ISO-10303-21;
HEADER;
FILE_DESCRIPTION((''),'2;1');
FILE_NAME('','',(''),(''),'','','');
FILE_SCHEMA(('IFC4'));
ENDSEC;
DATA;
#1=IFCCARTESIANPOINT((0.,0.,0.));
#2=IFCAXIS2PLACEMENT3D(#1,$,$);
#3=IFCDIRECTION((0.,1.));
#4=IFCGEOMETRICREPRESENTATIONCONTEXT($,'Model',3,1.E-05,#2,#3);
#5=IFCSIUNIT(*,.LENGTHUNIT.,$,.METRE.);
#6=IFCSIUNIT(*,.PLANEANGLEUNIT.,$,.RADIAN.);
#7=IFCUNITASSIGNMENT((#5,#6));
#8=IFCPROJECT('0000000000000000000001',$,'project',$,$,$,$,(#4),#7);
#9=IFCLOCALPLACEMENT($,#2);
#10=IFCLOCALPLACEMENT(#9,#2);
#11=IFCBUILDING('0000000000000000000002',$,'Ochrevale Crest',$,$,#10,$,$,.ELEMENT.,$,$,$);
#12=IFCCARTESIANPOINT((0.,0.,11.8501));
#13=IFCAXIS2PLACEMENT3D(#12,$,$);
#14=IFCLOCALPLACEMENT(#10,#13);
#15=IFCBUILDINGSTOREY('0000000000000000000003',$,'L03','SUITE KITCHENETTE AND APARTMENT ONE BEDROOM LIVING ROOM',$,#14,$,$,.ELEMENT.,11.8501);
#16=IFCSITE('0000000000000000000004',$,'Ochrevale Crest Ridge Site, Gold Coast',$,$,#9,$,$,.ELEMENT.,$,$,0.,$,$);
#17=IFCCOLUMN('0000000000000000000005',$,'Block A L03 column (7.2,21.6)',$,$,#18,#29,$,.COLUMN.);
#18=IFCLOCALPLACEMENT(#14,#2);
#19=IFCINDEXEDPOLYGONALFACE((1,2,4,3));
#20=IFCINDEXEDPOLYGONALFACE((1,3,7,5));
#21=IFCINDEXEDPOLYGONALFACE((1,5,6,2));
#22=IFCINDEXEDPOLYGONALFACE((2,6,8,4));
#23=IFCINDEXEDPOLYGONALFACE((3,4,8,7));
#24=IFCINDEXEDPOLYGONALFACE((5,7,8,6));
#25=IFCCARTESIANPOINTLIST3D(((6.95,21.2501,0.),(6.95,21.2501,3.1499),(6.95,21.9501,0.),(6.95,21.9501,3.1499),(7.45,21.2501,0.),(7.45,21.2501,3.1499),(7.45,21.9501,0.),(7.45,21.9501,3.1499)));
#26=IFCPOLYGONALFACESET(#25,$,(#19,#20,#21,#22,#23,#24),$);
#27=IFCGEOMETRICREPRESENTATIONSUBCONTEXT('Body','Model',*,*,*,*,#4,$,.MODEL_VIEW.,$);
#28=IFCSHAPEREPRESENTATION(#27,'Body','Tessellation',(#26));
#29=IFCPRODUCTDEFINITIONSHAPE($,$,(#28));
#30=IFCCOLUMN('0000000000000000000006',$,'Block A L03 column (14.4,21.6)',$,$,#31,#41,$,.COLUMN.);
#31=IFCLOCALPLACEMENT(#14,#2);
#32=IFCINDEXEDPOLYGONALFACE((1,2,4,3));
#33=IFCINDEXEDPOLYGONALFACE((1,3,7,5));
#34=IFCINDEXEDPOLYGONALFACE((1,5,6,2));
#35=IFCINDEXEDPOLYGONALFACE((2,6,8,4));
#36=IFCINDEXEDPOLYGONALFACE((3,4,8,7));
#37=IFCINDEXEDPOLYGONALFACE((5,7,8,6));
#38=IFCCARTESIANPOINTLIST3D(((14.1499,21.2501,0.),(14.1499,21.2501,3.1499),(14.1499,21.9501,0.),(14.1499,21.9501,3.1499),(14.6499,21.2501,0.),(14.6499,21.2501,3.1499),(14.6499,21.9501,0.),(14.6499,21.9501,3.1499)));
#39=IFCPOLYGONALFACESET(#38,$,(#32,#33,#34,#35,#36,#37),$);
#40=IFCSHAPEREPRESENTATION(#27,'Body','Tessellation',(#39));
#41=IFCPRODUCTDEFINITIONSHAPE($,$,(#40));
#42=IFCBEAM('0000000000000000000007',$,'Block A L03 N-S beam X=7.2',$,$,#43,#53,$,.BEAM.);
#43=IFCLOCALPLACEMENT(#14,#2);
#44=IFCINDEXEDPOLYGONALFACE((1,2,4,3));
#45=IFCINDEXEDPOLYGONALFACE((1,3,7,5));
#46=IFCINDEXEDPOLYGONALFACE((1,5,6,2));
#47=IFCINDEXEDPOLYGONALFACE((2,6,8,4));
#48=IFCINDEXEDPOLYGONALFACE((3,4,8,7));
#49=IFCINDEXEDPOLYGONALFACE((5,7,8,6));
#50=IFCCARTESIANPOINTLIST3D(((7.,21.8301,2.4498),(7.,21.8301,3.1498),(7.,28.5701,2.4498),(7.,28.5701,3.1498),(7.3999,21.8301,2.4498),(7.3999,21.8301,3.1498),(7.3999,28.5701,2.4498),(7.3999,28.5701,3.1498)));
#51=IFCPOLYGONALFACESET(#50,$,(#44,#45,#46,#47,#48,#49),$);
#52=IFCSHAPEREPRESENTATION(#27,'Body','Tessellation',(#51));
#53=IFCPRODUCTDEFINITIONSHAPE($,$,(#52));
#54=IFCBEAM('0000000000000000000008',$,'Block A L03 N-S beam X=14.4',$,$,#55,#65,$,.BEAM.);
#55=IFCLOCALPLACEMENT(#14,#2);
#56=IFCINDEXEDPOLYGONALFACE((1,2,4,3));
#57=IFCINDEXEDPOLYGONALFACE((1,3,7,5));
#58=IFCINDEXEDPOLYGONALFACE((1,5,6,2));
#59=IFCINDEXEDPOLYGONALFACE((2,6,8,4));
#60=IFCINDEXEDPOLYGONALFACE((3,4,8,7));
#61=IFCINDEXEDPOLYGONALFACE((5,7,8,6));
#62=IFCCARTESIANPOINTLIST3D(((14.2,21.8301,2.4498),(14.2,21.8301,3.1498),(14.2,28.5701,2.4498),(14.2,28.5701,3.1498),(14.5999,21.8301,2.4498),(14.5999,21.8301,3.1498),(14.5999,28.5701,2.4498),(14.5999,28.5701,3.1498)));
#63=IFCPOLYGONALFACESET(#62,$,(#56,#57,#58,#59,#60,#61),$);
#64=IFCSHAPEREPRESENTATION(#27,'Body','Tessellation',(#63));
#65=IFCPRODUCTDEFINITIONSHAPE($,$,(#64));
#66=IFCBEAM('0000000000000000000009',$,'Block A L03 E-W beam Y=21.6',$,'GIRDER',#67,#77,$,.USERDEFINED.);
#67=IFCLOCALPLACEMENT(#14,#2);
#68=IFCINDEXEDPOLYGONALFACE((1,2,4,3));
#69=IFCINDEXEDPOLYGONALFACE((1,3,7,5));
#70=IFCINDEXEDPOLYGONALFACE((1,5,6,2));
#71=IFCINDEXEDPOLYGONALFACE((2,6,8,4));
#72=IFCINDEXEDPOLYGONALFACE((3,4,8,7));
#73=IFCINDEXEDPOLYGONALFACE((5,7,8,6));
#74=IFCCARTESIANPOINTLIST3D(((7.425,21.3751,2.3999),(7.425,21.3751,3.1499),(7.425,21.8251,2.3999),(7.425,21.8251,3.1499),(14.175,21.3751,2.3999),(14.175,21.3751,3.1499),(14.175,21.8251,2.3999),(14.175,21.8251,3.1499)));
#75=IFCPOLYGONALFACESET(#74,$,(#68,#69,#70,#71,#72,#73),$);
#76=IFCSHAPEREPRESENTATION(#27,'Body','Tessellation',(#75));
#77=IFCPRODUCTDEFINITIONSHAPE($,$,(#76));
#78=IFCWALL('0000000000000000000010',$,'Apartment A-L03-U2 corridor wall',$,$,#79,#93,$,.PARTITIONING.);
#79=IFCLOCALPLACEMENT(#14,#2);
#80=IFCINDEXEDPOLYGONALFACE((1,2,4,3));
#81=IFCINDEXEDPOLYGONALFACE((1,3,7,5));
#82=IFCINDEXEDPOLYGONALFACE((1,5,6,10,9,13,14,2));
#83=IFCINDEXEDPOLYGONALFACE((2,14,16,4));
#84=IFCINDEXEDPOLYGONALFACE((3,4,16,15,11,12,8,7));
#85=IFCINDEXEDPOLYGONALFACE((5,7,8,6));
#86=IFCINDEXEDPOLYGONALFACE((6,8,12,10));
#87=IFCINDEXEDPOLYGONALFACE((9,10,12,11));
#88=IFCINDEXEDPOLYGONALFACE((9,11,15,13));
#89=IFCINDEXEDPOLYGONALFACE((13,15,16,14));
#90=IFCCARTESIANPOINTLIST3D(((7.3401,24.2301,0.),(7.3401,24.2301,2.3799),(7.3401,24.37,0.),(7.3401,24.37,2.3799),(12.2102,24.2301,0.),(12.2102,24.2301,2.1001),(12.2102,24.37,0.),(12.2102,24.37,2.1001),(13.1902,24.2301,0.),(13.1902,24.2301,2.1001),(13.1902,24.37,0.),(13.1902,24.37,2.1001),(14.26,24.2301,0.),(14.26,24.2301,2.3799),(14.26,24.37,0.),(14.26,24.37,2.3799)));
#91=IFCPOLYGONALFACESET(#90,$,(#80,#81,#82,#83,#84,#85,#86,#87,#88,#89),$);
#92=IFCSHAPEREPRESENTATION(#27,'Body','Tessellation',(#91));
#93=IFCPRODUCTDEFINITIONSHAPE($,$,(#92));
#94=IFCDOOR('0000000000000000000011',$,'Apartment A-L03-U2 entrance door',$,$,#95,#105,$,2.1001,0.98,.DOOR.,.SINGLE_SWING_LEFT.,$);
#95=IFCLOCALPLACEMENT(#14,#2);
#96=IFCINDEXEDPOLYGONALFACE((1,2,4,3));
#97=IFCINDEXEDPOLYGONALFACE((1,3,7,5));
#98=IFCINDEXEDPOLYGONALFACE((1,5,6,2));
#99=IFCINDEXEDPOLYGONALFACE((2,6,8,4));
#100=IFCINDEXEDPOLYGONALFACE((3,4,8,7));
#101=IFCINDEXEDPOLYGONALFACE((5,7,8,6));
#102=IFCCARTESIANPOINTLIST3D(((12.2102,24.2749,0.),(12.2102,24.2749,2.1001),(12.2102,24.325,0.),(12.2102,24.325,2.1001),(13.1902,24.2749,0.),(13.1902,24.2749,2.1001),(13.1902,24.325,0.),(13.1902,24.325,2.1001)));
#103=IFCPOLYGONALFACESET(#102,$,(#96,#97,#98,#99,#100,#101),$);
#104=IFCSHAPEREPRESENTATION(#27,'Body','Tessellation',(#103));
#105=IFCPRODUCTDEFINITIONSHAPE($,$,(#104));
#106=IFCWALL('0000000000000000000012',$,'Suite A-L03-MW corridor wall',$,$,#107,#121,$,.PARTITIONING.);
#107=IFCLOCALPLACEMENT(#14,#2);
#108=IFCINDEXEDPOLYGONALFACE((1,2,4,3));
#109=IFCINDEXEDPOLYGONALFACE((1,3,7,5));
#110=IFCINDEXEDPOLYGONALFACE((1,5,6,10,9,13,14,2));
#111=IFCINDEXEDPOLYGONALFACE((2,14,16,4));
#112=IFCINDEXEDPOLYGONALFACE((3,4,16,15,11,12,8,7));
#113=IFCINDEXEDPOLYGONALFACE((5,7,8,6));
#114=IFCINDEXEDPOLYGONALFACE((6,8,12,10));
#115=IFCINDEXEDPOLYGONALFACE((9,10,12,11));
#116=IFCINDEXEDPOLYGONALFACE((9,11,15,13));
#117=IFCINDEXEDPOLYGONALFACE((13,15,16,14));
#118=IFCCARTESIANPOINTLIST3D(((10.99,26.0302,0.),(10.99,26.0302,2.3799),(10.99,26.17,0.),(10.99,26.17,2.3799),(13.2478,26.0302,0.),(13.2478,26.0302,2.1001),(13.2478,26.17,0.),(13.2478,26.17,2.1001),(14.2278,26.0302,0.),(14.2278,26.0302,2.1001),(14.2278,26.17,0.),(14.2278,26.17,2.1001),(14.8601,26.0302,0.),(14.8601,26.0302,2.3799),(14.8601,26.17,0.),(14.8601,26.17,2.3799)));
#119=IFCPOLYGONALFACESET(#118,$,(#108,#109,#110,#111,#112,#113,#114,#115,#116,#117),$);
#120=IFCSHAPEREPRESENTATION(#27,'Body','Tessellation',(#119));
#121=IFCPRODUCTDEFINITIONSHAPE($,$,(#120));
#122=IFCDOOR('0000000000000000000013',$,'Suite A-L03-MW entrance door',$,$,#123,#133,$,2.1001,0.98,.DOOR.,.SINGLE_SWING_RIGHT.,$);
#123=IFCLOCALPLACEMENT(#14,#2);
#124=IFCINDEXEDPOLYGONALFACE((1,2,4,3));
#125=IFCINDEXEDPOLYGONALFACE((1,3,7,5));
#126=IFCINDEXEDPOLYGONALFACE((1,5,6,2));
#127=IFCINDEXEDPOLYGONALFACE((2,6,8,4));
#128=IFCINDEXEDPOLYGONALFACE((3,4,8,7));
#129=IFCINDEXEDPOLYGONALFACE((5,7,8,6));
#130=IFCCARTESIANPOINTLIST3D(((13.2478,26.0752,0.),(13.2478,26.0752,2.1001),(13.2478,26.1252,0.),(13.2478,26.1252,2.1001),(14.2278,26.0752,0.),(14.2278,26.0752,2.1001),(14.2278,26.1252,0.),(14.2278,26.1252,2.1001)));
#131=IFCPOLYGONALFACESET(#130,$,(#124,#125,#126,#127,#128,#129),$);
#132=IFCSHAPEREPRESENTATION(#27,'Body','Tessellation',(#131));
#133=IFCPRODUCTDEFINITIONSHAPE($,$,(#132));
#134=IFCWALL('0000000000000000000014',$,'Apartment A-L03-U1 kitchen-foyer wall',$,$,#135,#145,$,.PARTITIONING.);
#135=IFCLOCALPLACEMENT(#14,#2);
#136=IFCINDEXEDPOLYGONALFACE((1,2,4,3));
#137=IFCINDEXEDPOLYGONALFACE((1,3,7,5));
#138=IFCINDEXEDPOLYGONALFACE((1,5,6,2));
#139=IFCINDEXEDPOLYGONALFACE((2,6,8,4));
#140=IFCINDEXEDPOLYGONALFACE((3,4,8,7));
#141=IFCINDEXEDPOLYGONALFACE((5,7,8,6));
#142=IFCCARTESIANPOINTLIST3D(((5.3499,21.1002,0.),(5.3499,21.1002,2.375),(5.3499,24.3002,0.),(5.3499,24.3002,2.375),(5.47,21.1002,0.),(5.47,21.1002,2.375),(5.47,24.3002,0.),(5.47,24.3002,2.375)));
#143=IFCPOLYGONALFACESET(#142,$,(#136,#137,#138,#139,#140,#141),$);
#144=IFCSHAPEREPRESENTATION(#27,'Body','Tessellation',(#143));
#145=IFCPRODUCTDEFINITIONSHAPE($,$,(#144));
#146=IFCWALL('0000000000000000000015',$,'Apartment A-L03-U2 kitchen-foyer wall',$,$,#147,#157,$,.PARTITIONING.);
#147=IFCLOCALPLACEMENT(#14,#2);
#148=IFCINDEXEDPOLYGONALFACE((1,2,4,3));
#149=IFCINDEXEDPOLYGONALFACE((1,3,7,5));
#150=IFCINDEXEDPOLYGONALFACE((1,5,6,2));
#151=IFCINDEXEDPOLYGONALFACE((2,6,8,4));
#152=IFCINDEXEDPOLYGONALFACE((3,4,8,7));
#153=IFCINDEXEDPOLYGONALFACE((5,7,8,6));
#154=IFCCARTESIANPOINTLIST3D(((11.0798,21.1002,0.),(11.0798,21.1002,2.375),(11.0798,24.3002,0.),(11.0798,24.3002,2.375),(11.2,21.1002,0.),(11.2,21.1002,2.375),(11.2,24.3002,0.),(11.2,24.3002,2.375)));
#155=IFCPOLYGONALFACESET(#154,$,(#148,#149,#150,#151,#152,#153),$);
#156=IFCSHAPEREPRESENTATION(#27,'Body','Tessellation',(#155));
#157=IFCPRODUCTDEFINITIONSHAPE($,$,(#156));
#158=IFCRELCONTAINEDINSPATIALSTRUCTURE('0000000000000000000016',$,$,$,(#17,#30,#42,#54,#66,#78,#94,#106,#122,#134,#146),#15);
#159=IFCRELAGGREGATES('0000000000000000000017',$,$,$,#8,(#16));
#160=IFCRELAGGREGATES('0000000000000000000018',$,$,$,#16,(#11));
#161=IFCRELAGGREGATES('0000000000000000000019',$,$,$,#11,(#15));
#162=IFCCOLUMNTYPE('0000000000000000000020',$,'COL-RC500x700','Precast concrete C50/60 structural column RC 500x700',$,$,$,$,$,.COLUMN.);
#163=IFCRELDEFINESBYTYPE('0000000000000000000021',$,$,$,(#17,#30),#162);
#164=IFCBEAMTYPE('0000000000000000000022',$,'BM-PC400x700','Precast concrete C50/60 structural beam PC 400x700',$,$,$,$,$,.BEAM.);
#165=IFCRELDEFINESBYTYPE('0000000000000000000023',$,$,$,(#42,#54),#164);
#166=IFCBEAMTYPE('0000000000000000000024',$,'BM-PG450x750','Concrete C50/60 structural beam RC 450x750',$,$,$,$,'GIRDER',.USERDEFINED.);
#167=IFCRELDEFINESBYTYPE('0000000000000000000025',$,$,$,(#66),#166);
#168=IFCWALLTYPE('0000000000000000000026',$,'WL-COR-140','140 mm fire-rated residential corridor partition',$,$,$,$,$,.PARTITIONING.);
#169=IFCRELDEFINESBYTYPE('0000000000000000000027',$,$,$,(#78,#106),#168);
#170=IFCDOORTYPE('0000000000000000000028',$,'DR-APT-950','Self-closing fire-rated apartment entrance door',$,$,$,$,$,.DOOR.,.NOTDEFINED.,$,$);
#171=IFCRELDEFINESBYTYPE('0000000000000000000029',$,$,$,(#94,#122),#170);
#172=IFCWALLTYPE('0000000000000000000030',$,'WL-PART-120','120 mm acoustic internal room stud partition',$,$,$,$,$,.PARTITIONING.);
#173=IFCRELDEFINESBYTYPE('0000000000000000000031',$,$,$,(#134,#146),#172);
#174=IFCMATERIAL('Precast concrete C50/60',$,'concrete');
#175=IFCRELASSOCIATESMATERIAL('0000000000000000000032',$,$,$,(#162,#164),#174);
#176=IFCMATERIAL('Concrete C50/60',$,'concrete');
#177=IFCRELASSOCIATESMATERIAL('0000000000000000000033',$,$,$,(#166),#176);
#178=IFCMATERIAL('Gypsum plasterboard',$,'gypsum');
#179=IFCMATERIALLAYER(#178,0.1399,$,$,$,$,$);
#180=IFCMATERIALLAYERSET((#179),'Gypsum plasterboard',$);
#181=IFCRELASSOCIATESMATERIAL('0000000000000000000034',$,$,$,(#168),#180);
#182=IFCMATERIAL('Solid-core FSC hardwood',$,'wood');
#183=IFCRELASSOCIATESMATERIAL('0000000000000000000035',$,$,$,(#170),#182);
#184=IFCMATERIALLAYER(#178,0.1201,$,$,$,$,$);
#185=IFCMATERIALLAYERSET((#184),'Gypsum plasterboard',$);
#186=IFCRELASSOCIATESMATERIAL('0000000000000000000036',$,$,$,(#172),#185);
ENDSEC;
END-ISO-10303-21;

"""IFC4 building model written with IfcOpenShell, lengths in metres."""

from ifc_helpers import new_model, si_unit, direction, frame, frame_2d, origin, origin_2d, place, context, subcontext, project, spatial, rectangle, extrude, material, layer, layer_set, material_profile, profile_set, type_object, element, fill, save


model = new_model("IFC4")

# Units and contexts
model_context = context("Model", 3, precision=1e-05, world=origin(), true_north=direction((0.0, 1.0)))
body_context = subcontext(model_context, "Body", "Model", "MODEL_VIEW")
ifc_project = project(units=[si_unit("LENGTHUNIT", "METRE"), si_unit("PLANEANGLEUNIT", "RADIAN")], contexts=[model_context])

# Site, building, storey
site_placement = place(None, origin())
site = spatial("IfcSite", under=ifc_project, at=site_placement, Name="Ochrevale Crest Ridge Site, Gold Coast", CompositionType="ELEMENT", RefElevation=0.0)
building_placement = place(site_placement, origin())
building = spatial("IfcBuilding", under=site, at=building_placement, Name="Ochrevale Crest", CompositionType="ELEMENT")
storey_placement = place(building_placement, frame((0.0, 0.0, 11.8501)))
storey = spatial("IfcBuildingStorey", under=building, at=storey_placement, Name="L03", Description="SUITE KITCHENETTE AND APARTMENT ONE BEDROOM LIVING ROOM", CompositionType="ELEMENT", Elevation=11.8501)

# Columns
ifc_material_1 = material(Name="Precast concrete C50/60", Category="concrete")
ifc_material_profile_1 = material_profile(ifc_material_1, rectangle(XDim=0.5, YDim=0.7, at=origin_2d()), Name="RC 500x700")
ifc_profile_set_1 = profile_set([ifc_material_profile_1], Name="Precast concrete C50/60")
column_type = type_object("IfcColumnType", Name="COL-RC500x700", Description="Precast concrete C50/60 structural column RC 500x700", PredefinedType="COLUMN", material=ifc_profile_set_1)
for number, where, z_axis, x_axis, name in (
    (1, (7.2, 21.6001, 0.0), (0.0, 0.0, 1.0), (1.0, 0.0, 0.0), "Block A L03 column (7.2,21.6)"),
    (2, (14.3999, 21.6001, 0.0), (0.0, 0.0, 1.0), (1.0, 0.0, 0.0), "Block A L03 column (14.4,21.6)"),
):
    element("IfcColumn", number, at=place(storey_placement, frame(where, z_axis=z_axis, x_axis=x_axis)), inside=storey, type_object=column_type, Name=name, PredefinedType="COLUMN", context=body_context, shape_type="SweptSolid", body=[
        extrude(rectangle(XDim=0.5, YDim=0.7, at=origin_2d()), origin(), (0.0, 0.0, 1.0), 3.1499),
    ])

# Beams
ifc_material_profile_2 = material_profile(ifc_material_1, rectangle(XDim=0.3999, YDim=0.7, at=origin_2d()), Name="PC 400x700")
ifc_profile_set_2 = profile_set([ifc_material_profile_2], Name="Precast concrete C50/60")
beam_type_1 = type_object("IfcBeamType", Name="BM-PC400x700", Description="Precast concrete C50/60 structural beam PC 400x700", PredefinedType="BEAM", material=ifc_profile_set_2)
for number, where, z_axis, x_axis, name in (
    (3, (7.2, 21.8301, 2.7998), (0.0, 1.0, 0.0), (-1.0, 0.0, 0.0), "Block A L03 N-S beam X=7.2"),
    (4, (14.3999, 21.8301, 2.7998), (0.0, 1.0, 0.0), (-1.0, 0.0, 0.0), "Block A L03 N-S beam X=14.4"),
):
    element("IfcBeam", number, at=place(storey_placement, frame(where, z_axis=z_axis, x_axis=x_axis)), inside=storey, type_object=beam_type_1, Name=name, PredefinedType="BEAM", context=body_context, shape_type="SweptSolid", body=[
        extrude(rectangle(XDim=0.3999, YDim=0.7, at=origin_2d()), origin(), (0.0, 0.0, 1.0), 6.74),
    ])
ifc_material_2 = material(Name="Concrete C50/60", Category="concrete")
ifc_material_profile_3 = material_profile(ifc_material_2, rectangle(XDim=0.45, YDim=0.75, at=origin_2d()), Name="RC 450x750")
ifc_profile_set_3 = profile_set([ifc_material_profile_3], Name="Concrete C50/60")
beam_type_2 = type_object("IfcBeamType", Name="BM-PG450x750", Description="Concrete C50/60 structural beam RC 450x750", ElementType="GIRDER", PredefinedType="USERDEFINED", material=ifc_profile_set_3)
beam_placement = place(storey_placement, frame((7.425, 21.6001, 2.7749), z_axis=(1.0, 0.0, 0.0), x_axis=(0.0, 1.0, 0.0)))
element("IfcBeam", 5, at=beam_placement, inside=storey, type_object=beam_type_2, Name="Block A L03 E-W beam Y=21.6", ObjectType="GIRDER", PredefinedType="USERDEFINED", context=body_context, shape_type="SweptSolid", body=[
    extrude(rectangle(XDim=0.45, YDim=0.75, at=origin_2d()), origin(), (0.0, 0.0, 1.0), 6.75),
])

# Walls, openings, doors
ifc_material_3 = material(Name="Gypsum plasterboard", Category="gypsum")
ifc_layer_1 = layer(ifc_material_3, 0.1399)
ifc_layer_set_1 = layer_set([ifc_layer_1], Name="Gypsum plasterboard")
wall_type_1 = type_object("IfcWallType", Name="WL-COR-140", Description="140 mm fire-rated residential corridor partition", PredefinedType="PARTITIONING", material=ifc_layer_set_1)
wall_1_placement = place(storey_placement, frame((7.3401, 24.3, 0.0), z_axis=(0.0, 0.0, 1.0), x_axis=(1.0, 0.0, 0.0)))
wall_1 = element("IfcWall", 6, at=wall_1_placement, inside=storey, type_object=wall_type_1, Name="Apartment A-L03-U2 corridor wall", PredefinedType="PARTITIONING", context=body_context, shape_type="SweptSolid", body=[
    extrude(rectangle(XDim=6.9199, YDim=0.1399, at=frame_2d((3.46, 0.0))), origin(), (0.0, 0.0, 1.0), 2.3799),
])
opening_1_placement = place(wall_1_placement, frame((4.8701, 0.0, 0.0)))
opening_1 = element("IfcOpeningElement", 7, at=opening_1_placement, cuts=wall_1, PredefinedType="OPENING", context=body_context, shape_type="SweptSolid", body=[
    extrude(rectangle(XDim=0.98, YDim=2.1001, at=frame_2d((0.49, 1.05))), frame((0.0, 0.0801, 0.0), z_axis=(0.0, -1.0, 0.0), x_axis=(1.0, 0.0, 0.0)), (0.0, 0.0, 1.0), 0.1599),
])
ifc_material_4 = material(Name="Solid-core FSC hardwood", Category="wood")
door_type_1 = type_object("IfcDoorType", Name="DR-APT-950", Description="Self-closing fire-rated apartment entrance door", OperationType="NOTDEFINED", PredefinedType="DOOR", material=ifc_material_4)
door_1_placement = place(opening_1_placement, origin())
door_1 = element("IfcDoor", 8, at=door_1_placement, inside=storey, type_object=door_type_1, Name="Apartment A-L03-U2 entrance door", OperationType="SINGLE_SWING_LEFT", OverallHeight=2.1001, OverallWidth=0.98, PredefinedType="DOOR", context=body_context, shape_type="SweptSolid", body=[
    extrude(rectangle(XDim=0.98, YDim=2.1001, at=frame_2d((0.49, 1.05))), frame((0.0, 0.0249, 0.0), z_axis=(0.0, -1.0, 0.0), x_axis=(1.0, 0.0, 0.0)), (0.0, 0.0, 1.0), 0.05),
])
fill(opening_1, door_1)
wall_2_placement = place(storey_placement, frame((10.99, 26.1001, 0.0), z_axis=(0.0, 0.0, 1.0), x_axis=(1.0, 0.0, 0.0)))
wall_2 = element("IfcWall", 9, at=wall_2_placement, inside=storey, type_object=wall_type_1, Name="Suite A-L03-MW corridor wall", PredefinedType="PARTITIONING", context=body_context, shape_type="SweptSolid", body=[
    extrude(rectangle(XDim=3.8701, YDim=0.1399, at=frame_2d((1.9351, 0.0))), origin(), (0.0, 0.0, 1.0), 2.3799),
])
opening_2_placement = place(wall_2_placement, frame((3.2378, 0.0, 0.0), z_axis=(0.0, 0.0, 1.0), x_axis=(-1.0, 0.0, 0.0)))
opening_2 = element("IfcOpeningElement", 10, at=opening_2_placement, cuts=wall_2, PredefinedType="OPENING", context=body_context, shape_type="SweptSolid", body=[
    extrude(rectangle(XDim=0.98, YDim=2.1001, at=frame_2d((0.49, 1.05))), frame((0.0, 0.0801, 0.0), z_axis=(0.0, -1.0, 0.0), x_axis=(1.0, 0.0, 0.0)), (0.0, 0.0, 1.0), 0.1599),
])
door_2_placement = place(opening_2_placement, origin())
door_2 = element("IfcDoor", 11, at=door_2_placement, inside=storey, type_object=door_type_1, Name="Suite A-L03-MW entrance door", OperationType="SINGLE_SWING_RIGHT", OverallHeight=2.1001, OverallWidth=0.98, PredefinedType="DOOR", context=body_context, shape_type="SweptSolid", body=[
    extrude(rectangle(XDim=0.98, YDim=2.1001, at=frame_2d((0.49, 1.05))), frame((0.0, 0.0249, 0.0), z_axis=(0.0, -1.0, 0.0), x_axis=(1.0, 0.0, 0.0)), (0.0, 0.0, 1.0), 0.05),
])
fill(opening_2, door_2)

# Walls
ifc_layer_2 = layer(ifc_material_3, 0.1201)
ifc_layer_set_2 = layer_set([ifc_layer_2], Name="Gypsum plasterboard")
wall_type_2 = type_object("IfcWallType", Name="WL-PART-120", Description="120 mm acoustic internal room stud partition", PredefinedType="PARTITIONING", material=ifc_layer_set_2)
for number, where, z_axis, x_axis, name in (
    (12, (5.4099, 21.1001, 0.0), (0.0, 0.0, 1.0), (0.0, 1.0, 0.0), "Apartment A-L03-U1 kitchen-foyer wall"),
    (13, (11.1399, 21.1001, 0.0), (0.0, 0.0, 1.0), (0.0, 1.0, 0.0), "Apartment A-L03-U2 kitchen-foyer wall"),
):
    element("IfcWall", number, at=place(storey_placement, frame(where, z_axis=z_axis, x_axis=x_axis)), inside=storey, type_object=wall_type_2, Name=name, PredefinedType="PARTITIONING", context=body_context, shape_type="SweptSolid", body=[
        extrude(rectangle(XDim=3.2, YDim=0.1201, at=frame_2d((1.6001, 0.0))), origin(), (0.0, 0.0, 1.0), 2.375),
    ])

save(model, "model.ifc")
